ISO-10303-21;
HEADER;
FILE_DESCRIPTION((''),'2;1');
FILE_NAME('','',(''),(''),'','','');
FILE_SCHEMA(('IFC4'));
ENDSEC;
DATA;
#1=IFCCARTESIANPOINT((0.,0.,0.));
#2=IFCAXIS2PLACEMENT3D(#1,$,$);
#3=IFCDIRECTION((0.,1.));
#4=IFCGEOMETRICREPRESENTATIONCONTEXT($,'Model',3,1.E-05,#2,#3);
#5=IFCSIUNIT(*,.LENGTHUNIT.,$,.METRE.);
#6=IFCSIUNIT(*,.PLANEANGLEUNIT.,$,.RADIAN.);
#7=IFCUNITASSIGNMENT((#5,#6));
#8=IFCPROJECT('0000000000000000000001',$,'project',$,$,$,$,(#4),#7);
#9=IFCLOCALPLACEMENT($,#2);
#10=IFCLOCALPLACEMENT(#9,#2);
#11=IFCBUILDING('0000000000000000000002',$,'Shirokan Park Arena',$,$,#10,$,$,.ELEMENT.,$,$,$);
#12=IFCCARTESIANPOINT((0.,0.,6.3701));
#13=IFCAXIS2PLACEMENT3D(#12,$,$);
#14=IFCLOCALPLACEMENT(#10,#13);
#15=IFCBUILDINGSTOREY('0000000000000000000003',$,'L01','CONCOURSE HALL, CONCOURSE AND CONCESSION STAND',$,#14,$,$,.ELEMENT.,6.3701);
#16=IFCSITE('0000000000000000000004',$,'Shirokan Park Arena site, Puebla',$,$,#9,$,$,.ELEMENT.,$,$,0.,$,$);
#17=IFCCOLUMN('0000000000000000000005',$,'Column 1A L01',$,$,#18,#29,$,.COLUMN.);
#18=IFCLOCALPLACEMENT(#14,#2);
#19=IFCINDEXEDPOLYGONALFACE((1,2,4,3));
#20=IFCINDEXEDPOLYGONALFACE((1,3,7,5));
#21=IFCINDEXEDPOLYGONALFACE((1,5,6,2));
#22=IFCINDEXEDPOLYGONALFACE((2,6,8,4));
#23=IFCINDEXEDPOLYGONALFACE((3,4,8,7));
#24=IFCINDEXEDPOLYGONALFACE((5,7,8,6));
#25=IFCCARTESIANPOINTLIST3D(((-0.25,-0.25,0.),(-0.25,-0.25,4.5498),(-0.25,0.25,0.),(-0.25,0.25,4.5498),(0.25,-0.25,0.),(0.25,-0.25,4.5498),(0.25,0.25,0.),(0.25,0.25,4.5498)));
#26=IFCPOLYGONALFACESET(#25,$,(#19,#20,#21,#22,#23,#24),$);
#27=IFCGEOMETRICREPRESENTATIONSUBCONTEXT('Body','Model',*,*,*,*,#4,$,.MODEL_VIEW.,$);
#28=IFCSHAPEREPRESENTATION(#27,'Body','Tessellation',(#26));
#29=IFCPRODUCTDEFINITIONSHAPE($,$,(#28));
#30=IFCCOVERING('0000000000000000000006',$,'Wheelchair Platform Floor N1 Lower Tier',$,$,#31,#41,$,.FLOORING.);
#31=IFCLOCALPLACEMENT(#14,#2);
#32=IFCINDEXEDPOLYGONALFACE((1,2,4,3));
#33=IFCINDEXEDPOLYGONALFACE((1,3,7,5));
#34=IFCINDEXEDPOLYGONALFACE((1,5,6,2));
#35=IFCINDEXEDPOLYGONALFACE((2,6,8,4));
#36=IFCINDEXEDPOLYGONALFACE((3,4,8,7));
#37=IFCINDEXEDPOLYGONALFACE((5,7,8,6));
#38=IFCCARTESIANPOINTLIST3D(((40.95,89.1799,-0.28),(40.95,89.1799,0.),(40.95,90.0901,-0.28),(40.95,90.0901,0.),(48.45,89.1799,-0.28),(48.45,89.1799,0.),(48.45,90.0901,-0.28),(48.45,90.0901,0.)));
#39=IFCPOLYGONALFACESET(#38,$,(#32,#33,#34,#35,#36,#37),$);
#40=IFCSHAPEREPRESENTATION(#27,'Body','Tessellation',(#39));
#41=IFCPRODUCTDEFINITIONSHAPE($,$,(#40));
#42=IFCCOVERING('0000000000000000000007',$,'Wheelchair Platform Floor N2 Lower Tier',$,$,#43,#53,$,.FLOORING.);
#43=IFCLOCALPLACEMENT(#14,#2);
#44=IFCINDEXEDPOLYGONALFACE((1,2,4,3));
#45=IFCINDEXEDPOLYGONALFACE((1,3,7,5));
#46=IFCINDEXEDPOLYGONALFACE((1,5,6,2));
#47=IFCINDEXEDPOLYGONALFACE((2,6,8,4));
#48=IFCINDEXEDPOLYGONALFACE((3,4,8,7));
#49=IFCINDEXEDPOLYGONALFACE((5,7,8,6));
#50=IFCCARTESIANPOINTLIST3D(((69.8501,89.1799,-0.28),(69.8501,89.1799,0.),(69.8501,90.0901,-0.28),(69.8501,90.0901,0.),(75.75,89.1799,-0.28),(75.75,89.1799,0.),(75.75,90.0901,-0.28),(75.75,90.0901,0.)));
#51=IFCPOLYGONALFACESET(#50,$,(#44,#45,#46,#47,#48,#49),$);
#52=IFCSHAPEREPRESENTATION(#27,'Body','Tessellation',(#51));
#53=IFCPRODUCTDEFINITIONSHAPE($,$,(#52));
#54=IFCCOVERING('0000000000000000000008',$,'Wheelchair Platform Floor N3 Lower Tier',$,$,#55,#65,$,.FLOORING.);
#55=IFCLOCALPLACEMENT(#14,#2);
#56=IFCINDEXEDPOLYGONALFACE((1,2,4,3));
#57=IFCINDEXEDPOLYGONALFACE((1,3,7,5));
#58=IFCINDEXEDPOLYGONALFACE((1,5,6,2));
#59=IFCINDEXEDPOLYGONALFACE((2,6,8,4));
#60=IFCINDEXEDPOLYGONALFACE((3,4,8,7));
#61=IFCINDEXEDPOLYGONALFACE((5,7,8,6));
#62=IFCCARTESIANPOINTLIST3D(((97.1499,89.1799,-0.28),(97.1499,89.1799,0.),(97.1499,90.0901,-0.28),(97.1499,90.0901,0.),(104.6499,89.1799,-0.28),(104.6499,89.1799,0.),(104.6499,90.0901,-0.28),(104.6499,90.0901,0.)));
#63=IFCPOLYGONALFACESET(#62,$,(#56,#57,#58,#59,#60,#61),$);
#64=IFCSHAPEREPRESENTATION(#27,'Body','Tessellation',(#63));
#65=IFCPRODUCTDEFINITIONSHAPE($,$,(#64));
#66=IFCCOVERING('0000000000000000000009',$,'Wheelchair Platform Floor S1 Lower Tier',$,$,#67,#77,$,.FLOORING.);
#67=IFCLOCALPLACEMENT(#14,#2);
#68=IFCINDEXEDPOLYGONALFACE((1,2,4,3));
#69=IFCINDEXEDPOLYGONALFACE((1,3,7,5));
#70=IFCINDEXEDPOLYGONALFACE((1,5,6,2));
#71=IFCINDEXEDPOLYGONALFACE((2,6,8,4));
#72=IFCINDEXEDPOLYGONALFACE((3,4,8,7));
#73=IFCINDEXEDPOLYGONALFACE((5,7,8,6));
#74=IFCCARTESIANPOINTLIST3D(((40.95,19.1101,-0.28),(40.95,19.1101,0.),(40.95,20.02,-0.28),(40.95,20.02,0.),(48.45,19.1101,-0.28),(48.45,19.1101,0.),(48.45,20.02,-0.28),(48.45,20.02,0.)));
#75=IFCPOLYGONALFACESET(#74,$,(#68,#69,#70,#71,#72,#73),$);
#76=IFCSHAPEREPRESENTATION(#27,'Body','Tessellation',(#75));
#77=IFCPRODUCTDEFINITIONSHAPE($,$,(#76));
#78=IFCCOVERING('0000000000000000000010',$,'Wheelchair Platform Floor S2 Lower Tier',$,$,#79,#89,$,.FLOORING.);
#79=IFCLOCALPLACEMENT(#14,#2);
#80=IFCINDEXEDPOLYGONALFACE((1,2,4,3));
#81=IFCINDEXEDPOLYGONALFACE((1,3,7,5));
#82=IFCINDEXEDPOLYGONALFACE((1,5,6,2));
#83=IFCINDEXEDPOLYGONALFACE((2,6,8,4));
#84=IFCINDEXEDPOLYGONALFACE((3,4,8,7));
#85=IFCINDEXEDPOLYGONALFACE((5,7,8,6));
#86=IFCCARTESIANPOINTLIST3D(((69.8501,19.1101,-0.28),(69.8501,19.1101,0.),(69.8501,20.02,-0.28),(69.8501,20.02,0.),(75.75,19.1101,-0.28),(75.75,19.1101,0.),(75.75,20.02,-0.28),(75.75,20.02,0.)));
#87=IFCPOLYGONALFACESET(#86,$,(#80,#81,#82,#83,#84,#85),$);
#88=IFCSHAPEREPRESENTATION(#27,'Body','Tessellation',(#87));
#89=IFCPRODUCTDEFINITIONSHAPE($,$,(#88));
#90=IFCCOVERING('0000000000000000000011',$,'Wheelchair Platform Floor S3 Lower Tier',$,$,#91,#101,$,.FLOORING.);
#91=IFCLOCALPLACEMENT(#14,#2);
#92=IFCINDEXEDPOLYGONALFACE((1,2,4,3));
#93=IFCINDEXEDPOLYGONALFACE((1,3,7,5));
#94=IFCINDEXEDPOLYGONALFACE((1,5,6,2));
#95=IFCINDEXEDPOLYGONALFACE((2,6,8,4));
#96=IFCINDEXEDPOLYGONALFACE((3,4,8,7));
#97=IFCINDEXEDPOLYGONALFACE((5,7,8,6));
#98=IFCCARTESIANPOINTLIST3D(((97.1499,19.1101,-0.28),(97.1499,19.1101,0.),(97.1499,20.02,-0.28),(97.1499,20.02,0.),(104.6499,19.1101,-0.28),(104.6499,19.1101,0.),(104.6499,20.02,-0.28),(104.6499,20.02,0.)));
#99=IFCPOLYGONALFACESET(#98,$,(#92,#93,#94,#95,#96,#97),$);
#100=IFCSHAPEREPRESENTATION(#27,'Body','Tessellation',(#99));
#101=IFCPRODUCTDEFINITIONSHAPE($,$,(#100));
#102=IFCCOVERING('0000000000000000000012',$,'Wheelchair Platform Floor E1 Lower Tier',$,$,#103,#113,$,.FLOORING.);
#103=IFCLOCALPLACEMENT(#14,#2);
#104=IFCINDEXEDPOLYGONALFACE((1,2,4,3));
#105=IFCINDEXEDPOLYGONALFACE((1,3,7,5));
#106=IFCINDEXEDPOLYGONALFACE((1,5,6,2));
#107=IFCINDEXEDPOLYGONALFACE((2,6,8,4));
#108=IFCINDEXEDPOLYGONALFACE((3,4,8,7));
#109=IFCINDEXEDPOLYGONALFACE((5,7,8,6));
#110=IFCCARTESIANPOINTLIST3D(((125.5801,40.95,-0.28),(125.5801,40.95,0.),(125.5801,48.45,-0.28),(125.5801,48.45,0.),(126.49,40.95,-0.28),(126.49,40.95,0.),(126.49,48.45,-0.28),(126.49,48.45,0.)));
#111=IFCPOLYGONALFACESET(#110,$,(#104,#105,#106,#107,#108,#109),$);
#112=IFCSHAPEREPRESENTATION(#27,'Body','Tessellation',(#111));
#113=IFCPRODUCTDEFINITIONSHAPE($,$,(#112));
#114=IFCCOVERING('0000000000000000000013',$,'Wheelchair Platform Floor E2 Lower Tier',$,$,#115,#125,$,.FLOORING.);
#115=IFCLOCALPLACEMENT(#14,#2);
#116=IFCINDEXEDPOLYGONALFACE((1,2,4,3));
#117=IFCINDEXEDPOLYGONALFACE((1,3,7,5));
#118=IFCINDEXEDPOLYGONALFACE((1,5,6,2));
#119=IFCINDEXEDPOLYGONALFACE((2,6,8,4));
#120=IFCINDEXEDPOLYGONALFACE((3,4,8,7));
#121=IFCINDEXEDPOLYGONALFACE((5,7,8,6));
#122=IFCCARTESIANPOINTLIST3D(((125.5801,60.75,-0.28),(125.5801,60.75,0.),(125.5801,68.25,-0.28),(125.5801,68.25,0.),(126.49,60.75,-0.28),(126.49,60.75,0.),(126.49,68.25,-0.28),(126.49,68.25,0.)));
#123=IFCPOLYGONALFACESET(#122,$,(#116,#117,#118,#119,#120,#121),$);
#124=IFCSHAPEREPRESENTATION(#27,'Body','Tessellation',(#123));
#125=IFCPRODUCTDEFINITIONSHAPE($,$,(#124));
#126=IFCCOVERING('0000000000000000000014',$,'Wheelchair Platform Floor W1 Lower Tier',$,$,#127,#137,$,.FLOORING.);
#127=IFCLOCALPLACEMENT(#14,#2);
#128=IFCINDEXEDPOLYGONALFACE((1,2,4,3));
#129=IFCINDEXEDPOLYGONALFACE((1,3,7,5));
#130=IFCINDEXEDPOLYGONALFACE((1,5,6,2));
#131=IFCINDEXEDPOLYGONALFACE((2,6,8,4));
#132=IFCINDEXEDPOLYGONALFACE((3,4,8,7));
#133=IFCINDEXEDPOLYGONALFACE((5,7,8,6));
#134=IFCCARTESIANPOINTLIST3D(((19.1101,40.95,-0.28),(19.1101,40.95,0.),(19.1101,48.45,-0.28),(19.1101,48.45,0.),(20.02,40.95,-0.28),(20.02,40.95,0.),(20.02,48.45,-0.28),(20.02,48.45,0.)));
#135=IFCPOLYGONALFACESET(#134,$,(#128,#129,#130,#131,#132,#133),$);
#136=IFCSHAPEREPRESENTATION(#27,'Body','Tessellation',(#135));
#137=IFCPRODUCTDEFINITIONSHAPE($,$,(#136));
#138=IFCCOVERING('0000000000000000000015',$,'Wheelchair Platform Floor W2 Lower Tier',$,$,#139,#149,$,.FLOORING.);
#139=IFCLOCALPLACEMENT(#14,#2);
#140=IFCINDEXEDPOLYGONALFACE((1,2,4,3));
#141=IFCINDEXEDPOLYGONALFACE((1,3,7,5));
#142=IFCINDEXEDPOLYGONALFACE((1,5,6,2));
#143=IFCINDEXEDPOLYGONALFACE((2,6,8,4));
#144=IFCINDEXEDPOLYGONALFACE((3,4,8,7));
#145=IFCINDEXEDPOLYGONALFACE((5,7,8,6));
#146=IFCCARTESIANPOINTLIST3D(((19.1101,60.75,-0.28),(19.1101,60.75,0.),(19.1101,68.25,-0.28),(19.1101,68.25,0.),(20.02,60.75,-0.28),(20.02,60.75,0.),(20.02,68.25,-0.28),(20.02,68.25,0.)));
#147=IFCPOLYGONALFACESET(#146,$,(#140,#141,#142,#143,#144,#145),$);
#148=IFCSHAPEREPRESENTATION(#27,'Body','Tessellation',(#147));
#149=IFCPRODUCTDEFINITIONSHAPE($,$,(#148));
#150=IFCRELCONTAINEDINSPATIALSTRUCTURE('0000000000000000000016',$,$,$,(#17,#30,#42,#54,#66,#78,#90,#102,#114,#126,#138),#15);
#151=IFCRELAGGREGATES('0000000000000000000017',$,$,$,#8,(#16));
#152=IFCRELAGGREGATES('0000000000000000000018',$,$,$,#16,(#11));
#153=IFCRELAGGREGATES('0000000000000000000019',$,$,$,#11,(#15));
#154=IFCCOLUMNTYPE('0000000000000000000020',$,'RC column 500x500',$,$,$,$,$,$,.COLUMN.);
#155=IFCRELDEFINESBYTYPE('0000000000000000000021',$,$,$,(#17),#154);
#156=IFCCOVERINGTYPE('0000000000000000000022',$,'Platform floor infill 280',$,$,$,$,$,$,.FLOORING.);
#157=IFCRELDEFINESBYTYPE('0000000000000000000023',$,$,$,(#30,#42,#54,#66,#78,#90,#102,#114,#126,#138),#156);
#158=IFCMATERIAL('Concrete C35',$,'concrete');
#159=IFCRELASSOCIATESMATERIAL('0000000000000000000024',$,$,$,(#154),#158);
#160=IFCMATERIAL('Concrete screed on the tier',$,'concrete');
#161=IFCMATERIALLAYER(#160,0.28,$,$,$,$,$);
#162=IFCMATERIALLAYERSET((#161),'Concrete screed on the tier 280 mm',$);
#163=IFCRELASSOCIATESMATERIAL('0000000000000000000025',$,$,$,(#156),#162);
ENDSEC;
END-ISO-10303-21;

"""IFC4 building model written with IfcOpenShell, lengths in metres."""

from ifc_helpers import new_model, si_unit, direction, frame, origin, origin_with_axes, origin_2d, place, context, subcontext, project, spatial, polyline, rectangle, outline, extrude, material, layer, layer_set, material_profile, profile_set, type_object, element, save


model = new_model("IFC4")

# Units and contexts
model_context = context("Model", 3, precision=1e-05, world=origin(), true_north=direction((0.0, 1.0)))
body_context = subcontext(model_context, "Body", "Model", "MODEL_VIEW")
ifc_project = project(units=[si_unit("LENGTHUNIT", "METRE"), si_unit("PLANEANGLEUNIT", "RADIAN")], contexts=[model_context])

# Site, building, storey
site_placement = place(None, origin())
site = spatial("IfcSite", under=ifc_project, at=site_placement, Name="Shirokan Park Arena site, Puebla", CompositionType="ELEMENT", RefElevation=0.0)
building_placement = place(site_placement, origin())
building = spatial("IfcBuilding", under=site, at=building_placement, Name="Shirokan Park Arena", CompositionType="ELEMENT")
storey_placement = place(building_placement, frame((0.0, 0.0, 6.3701)))
storey = spatial("IfcBuildingStorey", under=building, at=storey_placement, Name="L01", Description="CONCOURSE HALL, CONCOURSE AND CONCESSION STAND", CompositionType="ELEMENT", Elevation=6.3701)

# Column
ifc_material_1 = material(Name="Concrete C35", Category="concrete")
ifc_material_profile = material_profile(ifc_material_1, rectangle(XDim=0.5, YDim=0.5, at=origin_2d()), Name="500x500")
ifc_profile_set = profile_set([ifc_material_profile], Name="Concrete C35")
column_type = type_object("IfcColumnType", Name="RC column 500x500", PredefinedType="COLUMN", material=ifc_profile_set)
column_placement = place(storey_placement, origin_with_axes())
element("IfcColumn", 1, at=column_placement, inside=storey, type_object=column_type, Name="Column 1A L01", PredefinedType="COLUMN", context=body_context, shape_type="SweptSolid", body=[
    extrude(rectangle(XDim=0.5, YDim=0.5, at=origin_2d()), origin(), (0.0, 0.0, 1.0), 4.5498),
])

# Coverings
ifc_material_2 = material(Name="Concrete screed on the tier", Category="concrete")
ifc_layer_1 = layer(ifc_material_2, 0.28)
ifc_layer_set_1 = layer_set([ifc_layer_1], Name="Concrete screed on the tier 280 mm")
covering_type = type_object("IfcCoveringType", Name="Platform floor infill 280", PredefinedType="FLOORING", material=ifc_layer_set_1)
covering_1_placement = place(storey_placement, frame((0.0, 0.0, -0.28)))
element("IfcCovering", 2, at=covering_1_placement, inside=storey, type_object=covering_type, Name="Wheelchair Platform Floor N1 Lower Tier", PredefinedType="FLOORING", context=body_context, shape_type="SweptSolid", body=[
    extrude(outline(polyline([(48.45, 89.1799), (48.45, 90.0901), (40.95, 90.0901), (40.95, 89.1799), (48.45, 89.1799)])), origin(), (0.0, 0.0, 1.0), 0.28),
])
covering_2_placement = place(storey_placement, frame((0.0, 0.0, -0.28)))
element("IfcCovering", 3, at=covering_2_placement, inside=storey, type_object=covering_type, Name="Wheelchair Platform Floor N2 Lower Tier", PredefinedType="FLOORING", context=body_context, shape_type="SweptSolid", body=[
    extrude(outline(polyline([(75.75, 89.1799), (75.75, 90.0901), (69.8501, 90.0901), (69.8501, 89.1799), (75.75, 89.1799)])), origin(), (0.0, 0.0, 1.0), 0.28),
])
covering_3_placement = place(storey_placement, frame((0.0, 0.0, -0.28)))
element("IfcCovering", 4, at=covering_3_placement, inside=storey, type_object=covering_type, Name="Wheelchair Platform Floor N3 Lower Tier", PredefinedType="FLOORING", context=body_context, shape_type="SweptSolid", body=[
    extrude(outline(polyline([(104.6499, 89.1799), (104.6499, 90.0901), (97.1499, 90.0901), (97.1499, 89.1799), (104.6499, 89.1799)])), origin(), (0.0, 0.0, 1.0), 0.28),
])
covering_4_placement = place(storey_placement, frame((0.0, 0.0, -0.28)))
element("IfcCovering", 5, at=covering_4_placement, inside=storey, type_object=covering_type, Name="Wheelchair Platform Floor S1 Lower Tier", PredefinedType="FLOORING", context=body_context, shape_type="SweptSolid", body=[
    extrude(outline(polyline([(48.45, 19.1101), (48.45, 20.02), (40.95, 20.02), (40.95, 19.1101), (48.45, 19.1101)])), origin(), (0.0, 0.0, 1.0), 0.28),
])
covering_5_placement = place(storey_placement, frame((0.0, 0.0, -0.28)))
element("IfcCovering", 6, at=covering_5_placement, inside=storey, type_object=covering_type, Name="Wheelchair Platform Floor S2 Lower Tier", PredefinedType="FLOORING", context=body_context, shape_type="SweptSolid", body=[
    extrude(outline(polyline([(75.75, 19.1101), (75.75, 20.02), (69.8501, 20.02), (69.8501, 19.1101), (75.75, 19.1101)])), origin(), (0.0, 0.0, 1.0), 0.28),
])
covering_6_placement = place(storey_placement, frame((0.0, 0.0, -0.28)))
element("IfcCovering", 7, at=covering_6_placement, inside=storey, type_object=covering_type, Name="Wheelchair Platform Floor S3 Lower Tier", PredefinedType="FLOORING", context=body_context, shape_type="SweptSolid", body=[
    extrude(outline(polyline([(104.6499, 19.1101), (104.6499, 20.02), (97.1499, 20.02), (97.1499, 19.1101), (104.6499, 19.1101)])), origin(), (0.0, 0.0, 1.0), 0.28),
])
covering_7_placement = place(storey_placement, frame((0.0, 0.0, -0.28)))
element("IfcCovering", 8, at=covering_7_placement, inside=storey, type_object=covering_type, Name="Wheelchair Platform Floor E1 Lower Tier", PredefinedType="FLOORING", context=body_context, shape_type="SweptSolid", body=[
    extrude(outline(polyline([(126.49, 40.95), (126.49, 48.45), (125.5801, 48.45), (125.5801, 40.95), (126.49, 40.95)])), origin(), (0.0, 0.0, 1.0), 0.28),
])
covering_8_placement = place(storey_placement, frame((0.0, 0.0, -0.28)))
element("IfcCovering", 9, at=covering_8_placement, inside=storey, type_object=covering_type, Name="Wheelchair Platform Floor E2 Lower Tier", PredefinedType="FLOORING", context=body_context, shape_type="SweptSolid", body=[
    extrude(outline(polyline([(126.49, 60.75), (126.49, 68.25), (125.5801, 68.25), (125.5801, 60.75), (126.49, 60.75)])), origin(), (0.0, 0.0, 1.0), 0.28),
])
covering_9_placement = place(storey_placement, frame((0.0, 0.0, -0.28)))
element("IfcCovering", 10, at=covering_9_placement, inside=storey, type_object=covering_type, Name="Wheelchair Platform Floor W1 Lower Tier", PredefinedType="FLOORING", context=body_context, shape_type="SweptSolid", body=[
    extrude(outline(polyline([(20.02, 40.95), (20.02, 48.45), (19.1101, 48.45), (19.1101, 40.95), (20.02, 40.95)])), origin(), (0.0, 0.0, 1.0), 0.28),
])
covering_10_placement = place(storey_placement, frame((0.0, 0.0, -0.28)))
element("IfcCovering", 11, at=covering_10_placement, inside=storey, type_object=covering_type, Name="Wheelchair Platform Floor W2 Lower Tier", PredefinedType="FLOORING", context=body_context, shape_type="SweptSolid", body=[
    extrude(outline(polyline([(20.02, 60.75), (20.02, 68.25), (19.1101, 68.25), (19.1101, 60.75), (20.02, 60.75)])), origin(), (0.0, 0.0, 1.0), 0.28),
])

save(model, "model.ifc")
